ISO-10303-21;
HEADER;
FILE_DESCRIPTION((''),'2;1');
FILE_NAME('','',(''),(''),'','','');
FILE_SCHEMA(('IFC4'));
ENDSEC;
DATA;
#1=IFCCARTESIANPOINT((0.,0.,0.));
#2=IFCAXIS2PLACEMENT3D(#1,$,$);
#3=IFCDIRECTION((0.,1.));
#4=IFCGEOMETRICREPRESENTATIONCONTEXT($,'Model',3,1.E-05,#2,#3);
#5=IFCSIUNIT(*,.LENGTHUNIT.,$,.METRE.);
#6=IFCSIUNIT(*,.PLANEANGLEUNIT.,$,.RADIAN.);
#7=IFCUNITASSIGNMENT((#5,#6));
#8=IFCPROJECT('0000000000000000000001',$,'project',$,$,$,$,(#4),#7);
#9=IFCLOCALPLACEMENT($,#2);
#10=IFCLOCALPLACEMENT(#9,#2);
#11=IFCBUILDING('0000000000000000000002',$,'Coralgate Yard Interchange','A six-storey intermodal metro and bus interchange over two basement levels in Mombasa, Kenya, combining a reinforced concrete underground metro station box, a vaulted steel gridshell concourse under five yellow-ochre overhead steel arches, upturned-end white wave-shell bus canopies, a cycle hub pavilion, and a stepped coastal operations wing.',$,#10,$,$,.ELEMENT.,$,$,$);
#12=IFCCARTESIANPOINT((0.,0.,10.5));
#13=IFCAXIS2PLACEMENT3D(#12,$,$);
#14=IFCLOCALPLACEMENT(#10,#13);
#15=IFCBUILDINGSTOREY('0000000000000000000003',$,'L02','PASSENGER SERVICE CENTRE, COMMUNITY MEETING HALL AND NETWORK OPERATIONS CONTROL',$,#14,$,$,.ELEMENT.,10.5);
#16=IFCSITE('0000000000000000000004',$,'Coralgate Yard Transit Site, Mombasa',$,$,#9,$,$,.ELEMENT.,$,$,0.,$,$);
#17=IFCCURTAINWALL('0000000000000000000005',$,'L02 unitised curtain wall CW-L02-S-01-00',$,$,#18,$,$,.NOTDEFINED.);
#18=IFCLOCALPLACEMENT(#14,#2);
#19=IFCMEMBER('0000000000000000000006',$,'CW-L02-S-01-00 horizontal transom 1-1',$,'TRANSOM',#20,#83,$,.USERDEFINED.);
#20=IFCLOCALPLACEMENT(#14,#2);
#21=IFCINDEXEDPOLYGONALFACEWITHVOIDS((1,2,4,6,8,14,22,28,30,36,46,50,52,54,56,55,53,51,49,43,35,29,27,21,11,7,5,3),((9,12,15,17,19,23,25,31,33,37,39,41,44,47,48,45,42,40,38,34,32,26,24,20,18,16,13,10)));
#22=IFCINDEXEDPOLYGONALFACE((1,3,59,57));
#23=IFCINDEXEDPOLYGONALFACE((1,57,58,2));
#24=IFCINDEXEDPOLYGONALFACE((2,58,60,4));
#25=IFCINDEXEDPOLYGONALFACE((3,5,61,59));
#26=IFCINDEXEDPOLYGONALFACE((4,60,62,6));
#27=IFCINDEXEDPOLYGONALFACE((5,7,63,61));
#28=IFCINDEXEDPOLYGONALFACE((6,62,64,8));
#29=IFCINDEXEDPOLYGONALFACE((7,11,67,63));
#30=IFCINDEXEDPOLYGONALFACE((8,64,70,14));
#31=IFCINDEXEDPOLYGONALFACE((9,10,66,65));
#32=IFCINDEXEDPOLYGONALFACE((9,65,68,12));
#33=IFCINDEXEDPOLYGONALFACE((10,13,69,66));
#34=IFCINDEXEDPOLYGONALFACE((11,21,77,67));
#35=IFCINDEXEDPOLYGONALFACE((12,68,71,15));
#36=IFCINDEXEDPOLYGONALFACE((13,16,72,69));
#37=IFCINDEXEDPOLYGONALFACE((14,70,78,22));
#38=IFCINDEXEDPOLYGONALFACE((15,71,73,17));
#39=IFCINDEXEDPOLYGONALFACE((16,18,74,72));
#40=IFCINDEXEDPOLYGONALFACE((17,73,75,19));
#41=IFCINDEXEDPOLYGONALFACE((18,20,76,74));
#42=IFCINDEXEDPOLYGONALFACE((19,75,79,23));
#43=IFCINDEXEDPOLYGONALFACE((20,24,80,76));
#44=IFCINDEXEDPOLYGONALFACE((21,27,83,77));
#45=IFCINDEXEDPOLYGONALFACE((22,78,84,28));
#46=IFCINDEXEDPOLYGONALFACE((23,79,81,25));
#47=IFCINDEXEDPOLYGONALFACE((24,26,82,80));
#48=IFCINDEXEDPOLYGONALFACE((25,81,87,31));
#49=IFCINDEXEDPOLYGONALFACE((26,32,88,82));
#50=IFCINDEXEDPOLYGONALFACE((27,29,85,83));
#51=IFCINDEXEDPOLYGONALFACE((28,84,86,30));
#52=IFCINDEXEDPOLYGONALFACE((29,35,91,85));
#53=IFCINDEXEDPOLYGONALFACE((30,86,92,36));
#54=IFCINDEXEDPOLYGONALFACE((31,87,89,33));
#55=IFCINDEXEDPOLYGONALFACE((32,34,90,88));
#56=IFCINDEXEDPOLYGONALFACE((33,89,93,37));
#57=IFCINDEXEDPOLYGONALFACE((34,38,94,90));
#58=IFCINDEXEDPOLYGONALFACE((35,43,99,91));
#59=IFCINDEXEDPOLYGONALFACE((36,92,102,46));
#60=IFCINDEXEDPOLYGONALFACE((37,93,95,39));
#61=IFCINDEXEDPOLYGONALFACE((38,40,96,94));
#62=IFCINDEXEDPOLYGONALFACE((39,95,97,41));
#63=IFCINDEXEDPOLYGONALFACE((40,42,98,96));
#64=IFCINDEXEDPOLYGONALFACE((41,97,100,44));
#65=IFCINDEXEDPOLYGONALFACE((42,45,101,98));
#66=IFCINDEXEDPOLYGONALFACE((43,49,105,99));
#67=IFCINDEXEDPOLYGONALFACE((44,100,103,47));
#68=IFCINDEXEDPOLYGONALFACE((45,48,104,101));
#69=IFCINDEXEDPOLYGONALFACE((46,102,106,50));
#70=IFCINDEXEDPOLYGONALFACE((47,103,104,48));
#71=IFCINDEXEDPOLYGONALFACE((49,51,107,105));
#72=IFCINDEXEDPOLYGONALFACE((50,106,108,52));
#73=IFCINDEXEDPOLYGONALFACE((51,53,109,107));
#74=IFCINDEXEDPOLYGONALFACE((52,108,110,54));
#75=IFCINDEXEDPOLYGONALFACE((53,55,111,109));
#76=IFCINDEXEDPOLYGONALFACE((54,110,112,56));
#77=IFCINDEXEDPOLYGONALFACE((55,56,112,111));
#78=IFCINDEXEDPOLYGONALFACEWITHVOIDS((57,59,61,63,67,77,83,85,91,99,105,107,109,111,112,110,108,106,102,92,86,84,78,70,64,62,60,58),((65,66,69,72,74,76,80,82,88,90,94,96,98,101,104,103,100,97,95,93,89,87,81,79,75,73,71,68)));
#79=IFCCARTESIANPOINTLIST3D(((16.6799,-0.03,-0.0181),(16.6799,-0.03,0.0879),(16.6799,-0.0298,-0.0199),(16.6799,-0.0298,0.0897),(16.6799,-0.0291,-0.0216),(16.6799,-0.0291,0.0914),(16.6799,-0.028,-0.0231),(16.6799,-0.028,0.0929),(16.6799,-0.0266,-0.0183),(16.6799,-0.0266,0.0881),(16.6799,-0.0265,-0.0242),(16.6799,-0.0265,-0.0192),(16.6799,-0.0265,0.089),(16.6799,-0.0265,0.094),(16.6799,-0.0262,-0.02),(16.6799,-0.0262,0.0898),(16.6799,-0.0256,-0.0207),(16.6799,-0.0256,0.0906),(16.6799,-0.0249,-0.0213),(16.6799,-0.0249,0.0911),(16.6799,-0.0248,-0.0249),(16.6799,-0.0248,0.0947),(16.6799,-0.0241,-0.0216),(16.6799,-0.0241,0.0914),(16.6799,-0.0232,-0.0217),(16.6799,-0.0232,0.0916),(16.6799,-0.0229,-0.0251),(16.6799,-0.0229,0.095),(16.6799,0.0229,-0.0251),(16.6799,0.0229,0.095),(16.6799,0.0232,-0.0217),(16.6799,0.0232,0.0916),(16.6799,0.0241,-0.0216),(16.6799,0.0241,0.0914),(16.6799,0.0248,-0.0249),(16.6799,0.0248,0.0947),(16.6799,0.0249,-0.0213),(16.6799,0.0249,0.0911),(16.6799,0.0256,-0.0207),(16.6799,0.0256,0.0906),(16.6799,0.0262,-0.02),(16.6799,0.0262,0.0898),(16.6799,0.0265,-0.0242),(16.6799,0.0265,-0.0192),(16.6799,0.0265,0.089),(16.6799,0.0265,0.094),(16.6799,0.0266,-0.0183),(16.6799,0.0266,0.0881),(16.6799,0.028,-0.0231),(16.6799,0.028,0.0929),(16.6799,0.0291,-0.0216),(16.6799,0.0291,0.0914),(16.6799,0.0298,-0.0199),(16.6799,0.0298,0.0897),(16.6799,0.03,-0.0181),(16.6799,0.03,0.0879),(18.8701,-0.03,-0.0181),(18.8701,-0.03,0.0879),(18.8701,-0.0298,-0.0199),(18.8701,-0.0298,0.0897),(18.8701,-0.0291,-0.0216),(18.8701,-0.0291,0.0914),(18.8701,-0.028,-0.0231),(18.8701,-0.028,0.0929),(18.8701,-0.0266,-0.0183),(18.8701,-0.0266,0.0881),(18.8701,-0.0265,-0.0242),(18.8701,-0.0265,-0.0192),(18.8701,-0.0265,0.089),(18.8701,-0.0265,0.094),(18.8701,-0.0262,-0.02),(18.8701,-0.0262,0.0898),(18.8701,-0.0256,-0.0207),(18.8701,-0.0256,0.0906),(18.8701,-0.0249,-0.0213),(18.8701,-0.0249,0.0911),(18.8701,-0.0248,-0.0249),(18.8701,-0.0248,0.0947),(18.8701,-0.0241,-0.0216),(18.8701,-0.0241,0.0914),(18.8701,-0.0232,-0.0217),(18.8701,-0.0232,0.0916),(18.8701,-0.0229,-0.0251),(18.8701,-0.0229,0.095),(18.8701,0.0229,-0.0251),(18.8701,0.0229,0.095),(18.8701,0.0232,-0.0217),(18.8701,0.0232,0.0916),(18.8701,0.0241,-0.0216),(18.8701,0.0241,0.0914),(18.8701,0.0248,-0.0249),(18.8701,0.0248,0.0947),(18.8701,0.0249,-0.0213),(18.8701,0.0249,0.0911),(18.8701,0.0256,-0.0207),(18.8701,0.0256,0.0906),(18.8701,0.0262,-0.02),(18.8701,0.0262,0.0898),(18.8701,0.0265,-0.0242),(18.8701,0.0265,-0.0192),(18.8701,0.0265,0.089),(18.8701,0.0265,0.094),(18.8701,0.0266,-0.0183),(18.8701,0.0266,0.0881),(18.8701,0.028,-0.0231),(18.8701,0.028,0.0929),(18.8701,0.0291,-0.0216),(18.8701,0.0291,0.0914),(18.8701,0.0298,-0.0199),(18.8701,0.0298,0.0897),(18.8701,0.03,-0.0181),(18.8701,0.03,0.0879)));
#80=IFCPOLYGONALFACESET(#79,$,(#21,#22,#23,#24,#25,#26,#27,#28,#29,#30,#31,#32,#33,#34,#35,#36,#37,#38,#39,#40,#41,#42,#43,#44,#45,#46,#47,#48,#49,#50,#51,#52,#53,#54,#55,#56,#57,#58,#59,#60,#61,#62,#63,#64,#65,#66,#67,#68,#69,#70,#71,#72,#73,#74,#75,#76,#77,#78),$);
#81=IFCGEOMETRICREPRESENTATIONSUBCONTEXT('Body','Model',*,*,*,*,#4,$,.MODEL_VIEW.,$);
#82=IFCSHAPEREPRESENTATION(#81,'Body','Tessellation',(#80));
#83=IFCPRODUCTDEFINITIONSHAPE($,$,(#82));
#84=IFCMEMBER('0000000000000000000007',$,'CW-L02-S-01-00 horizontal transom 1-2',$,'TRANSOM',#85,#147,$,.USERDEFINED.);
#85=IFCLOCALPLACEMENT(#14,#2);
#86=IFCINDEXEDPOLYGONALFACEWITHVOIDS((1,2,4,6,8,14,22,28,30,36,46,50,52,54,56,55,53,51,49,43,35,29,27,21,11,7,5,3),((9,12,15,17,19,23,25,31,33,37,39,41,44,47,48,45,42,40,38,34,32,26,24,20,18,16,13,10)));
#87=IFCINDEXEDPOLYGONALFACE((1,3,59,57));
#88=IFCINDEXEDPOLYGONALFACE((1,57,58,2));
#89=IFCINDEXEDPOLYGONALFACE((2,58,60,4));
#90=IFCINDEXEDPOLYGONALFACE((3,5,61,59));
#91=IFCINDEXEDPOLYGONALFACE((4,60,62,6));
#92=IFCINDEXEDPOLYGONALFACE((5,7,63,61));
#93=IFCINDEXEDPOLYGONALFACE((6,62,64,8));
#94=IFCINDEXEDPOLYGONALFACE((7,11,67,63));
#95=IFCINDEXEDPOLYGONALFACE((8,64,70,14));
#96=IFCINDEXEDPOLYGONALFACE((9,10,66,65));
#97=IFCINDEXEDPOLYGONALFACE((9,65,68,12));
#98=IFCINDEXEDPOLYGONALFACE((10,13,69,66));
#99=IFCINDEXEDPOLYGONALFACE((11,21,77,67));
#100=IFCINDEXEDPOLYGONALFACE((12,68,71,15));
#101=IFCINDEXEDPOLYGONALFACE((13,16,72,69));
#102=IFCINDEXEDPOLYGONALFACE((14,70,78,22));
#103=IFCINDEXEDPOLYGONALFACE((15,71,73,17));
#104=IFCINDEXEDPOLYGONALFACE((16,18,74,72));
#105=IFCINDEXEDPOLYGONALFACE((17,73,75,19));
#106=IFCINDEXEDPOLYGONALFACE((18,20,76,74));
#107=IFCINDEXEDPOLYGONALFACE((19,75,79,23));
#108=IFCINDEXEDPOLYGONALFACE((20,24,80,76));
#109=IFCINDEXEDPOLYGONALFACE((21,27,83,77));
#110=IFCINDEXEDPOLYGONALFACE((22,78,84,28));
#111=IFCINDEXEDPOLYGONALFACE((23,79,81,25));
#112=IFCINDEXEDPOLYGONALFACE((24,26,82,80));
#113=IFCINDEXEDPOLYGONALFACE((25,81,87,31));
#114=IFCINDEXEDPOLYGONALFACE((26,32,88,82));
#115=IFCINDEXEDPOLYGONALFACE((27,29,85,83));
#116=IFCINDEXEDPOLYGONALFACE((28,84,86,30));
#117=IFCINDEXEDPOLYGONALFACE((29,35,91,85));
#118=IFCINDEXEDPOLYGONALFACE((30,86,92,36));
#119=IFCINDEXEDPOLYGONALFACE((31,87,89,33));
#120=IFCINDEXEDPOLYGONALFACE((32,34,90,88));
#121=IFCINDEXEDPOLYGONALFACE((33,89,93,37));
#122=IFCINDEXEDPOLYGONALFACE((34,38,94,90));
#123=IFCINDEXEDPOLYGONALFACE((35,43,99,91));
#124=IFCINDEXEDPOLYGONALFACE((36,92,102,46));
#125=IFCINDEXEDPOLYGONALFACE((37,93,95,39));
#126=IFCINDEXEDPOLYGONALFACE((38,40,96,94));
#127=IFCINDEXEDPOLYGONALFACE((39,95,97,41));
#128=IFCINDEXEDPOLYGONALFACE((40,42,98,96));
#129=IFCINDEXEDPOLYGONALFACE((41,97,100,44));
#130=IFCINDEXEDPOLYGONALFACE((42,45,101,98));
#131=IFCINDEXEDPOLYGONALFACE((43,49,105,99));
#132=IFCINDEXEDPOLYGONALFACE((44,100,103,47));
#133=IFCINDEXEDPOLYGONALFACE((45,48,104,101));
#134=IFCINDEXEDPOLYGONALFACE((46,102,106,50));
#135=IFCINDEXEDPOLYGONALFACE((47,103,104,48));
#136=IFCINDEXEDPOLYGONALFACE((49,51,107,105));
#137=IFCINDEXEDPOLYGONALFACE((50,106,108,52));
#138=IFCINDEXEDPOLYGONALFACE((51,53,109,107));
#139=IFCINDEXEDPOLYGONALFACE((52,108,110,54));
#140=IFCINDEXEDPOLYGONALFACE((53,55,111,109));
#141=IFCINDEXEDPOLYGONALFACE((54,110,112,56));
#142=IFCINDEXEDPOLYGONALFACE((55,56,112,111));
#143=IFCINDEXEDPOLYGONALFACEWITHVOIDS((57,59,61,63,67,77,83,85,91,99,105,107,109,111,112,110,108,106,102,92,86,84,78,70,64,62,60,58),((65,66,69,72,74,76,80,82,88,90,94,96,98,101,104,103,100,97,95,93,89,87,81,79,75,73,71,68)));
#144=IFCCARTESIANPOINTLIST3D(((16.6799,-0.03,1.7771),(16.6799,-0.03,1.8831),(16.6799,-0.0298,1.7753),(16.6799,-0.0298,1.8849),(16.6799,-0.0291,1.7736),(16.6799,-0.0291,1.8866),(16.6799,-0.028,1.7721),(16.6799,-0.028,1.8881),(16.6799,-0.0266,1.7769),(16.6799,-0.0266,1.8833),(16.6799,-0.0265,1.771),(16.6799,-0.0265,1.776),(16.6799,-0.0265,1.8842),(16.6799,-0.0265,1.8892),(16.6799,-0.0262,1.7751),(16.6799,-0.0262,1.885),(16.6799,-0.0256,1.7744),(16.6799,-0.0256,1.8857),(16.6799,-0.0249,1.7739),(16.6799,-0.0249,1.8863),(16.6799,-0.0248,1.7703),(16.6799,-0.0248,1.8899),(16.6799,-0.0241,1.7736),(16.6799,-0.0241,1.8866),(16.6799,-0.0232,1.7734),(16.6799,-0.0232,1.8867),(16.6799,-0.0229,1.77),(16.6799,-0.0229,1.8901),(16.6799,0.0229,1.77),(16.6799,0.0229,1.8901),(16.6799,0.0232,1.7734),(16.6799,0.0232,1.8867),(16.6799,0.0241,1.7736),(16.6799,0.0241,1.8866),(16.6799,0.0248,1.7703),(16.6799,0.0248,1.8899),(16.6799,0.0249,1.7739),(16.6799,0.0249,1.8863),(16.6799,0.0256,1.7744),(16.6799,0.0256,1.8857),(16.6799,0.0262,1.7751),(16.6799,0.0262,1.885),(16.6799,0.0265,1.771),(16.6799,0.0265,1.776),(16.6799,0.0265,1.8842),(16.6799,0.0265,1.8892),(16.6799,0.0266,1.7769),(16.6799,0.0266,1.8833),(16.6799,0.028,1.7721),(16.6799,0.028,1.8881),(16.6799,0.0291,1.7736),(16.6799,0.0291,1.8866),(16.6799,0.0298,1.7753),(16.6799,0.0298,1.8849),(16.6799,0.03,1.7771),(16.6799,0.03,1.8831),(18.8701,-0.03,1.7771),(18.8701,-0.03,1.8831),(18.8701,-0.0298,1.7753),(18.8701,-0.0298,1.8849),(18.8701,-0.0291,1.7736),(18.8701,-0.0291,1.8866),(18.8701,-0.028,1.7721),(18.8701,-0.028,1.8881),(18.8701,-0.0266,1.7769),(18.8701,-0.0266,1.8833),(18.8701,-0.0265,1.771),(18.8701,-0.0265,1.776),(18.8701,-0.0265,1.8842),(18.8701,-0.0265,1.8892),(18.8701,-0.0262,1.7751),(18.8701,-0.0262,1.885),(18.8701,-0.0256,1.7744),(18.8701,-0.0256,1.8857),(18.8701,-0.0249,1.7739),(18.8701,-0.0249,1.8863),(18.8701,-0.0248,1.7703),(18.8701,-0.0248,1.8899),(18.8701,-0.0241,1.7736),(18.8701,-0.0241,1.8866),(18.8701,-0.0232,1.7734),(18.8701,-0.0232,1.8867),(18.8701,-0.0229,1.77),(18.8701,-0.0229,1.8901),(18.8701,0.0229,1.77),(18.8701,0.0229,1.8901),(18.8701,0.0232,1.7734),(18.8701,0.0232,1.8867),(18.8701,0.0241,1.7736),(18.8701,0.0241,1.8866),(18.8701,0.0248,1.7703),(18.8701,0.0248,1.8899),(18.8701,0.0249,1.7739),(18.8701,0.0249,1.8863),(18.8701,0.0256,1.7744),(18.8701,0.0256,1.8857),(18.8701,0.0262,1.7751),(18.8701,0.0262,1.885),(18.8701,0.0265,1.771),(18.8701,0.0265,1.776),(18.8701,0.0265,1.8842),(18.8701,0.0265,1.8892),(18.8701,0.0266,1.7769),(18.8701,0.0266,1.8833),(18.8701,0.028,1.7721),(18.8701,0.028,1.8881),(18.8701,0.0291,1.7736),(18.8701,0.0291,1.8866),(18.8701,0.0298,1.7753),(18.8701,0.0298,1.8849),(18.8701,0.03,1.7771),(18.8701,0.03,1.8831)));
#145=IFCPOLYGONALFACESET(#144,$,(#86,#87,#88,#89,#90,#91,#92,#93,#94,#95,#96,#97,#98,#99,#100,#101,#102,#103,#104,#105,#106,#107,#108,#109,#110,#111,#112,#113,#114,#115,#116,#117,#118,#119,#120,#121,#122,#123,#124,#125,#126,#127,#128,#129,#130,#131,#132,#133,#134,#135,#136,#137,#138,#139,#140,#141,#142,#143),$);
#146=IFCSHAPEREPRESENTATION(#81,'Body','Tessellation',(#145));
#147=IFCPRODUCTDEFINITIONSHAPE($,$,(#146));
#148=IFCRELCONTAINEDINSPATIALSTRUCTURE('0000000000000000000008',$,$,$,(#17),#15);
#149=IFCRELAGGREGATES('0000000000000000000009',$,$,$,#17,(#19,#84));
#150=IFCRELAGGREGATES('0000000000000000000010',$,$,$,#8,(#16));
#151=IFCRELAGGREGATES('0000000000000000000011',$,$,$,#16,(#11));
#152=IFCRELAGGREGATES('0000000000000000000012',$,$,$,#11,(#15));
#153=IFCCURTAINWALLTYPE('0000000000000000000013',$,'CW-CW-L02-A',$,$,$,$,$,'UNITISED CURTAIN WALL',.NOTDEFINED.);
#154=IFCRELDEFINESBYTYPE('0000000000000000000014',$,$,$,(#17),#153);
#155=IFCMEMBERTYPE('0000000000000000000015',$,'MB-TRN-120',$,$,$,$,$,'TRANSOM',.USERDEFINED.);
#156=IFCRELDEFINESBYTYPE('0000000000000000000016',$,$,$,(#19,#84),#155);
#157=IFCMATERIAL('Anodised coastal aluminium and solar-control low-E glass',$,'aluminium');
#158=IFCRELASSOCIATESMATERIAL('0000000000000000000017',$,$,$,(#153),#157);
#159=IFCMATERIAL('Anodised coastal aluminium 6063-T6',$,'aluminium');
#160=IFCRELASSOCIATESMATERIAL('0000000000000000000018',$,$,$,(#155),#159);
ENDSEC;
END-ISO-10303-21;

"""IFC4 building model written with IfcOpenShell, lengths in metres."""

from ifc_helpers import new_model, si_unit, direction, frame, origin, origin_2d, place, context, subcontext, project, spatial, hollow_rectangle, extrude, material, material_profile, profile_set, type_object, element, aggregate, save


model = new_model("IFC4")

# Units and contexts
model_context = context("Model", 3, precision=1e-05, world=origin(), true_north=direction((0.0, 1.0)))
body_context = subcontext(model_context, "Body", "Model", "MODEL_VIEW")
ifc_project = project(units=[si_unit("LENGTHUNIT", "METRE"), si_unit("PLANEANGLEUNIT", "RADIAN")], contexts=[model_context])

# Site, building, storey
site_placement = place(None, origin())
site = spatial("IfcSite", under=ifc_project, at=site_placement, Name="Coralgate Yard Transit Site, Mombasa", CompositionType="ELEMENT", RefElevation=0.0)
building_placement = place(site_placement, origin())
building = spatial("IfcBuilding", under=site, at=building_placement, Name="Coralgate Yard Interchange", Description="A six-storey intermodal metro and bus interchange over two basement levels in Mombasa, Kenya, combining a reinforced concrete underground metro station box, a vaulted steel gridshell concourse under five yellow-ochre overhead steel arches, upturned-end white wave-shell bus canopies, a cycle hub pavilion, and a stepped coastal operations wing.", CompositionType="ELEMENT")
storey_placement = place(building_placement, frame((0.0, 0.0, 10.5)))
storey = spatial("IfcBuildingStorey", under=building, at=storey_placement, Name="L02", Description="PASSENGER SERVICE CENTRE, COMMUNITY MEETING HALL AND NETWORK OPERATIONS CONTROL", CompositionType="ELEMENT", Elevation=10.5)

# Curtain wall, members
ifc_material_1 = material(Name="Anodised coastal aluminium and solar-control low-E glass", Category="aluminium")
curtain_wall_type = type_object("IfcCurtainWallType", Name="CW-CW-L02-A", ElementType="UNITISED CURTAIN WALL", PredefinedType="NOTDEFINED", material=ifc_material_1)
curtain_wall_placement = place(storey_placement, origin())
curtain_wall = element("IfcCurtainWall", 1, at=curtain_wall_placement, inside=storey, type_object=curtain_wall_type, Name="L02 unitised curtain wall CW-L02-S-01-00", PredefinedType="NOTDEFINED")
ifc_material_2 = material(Name="Anodised coastal aluminium 6063-T6", Category="aluminium")
ifc_material_profile_1 = material_profile(ifc_material_2, hollow_rectangle(XDim=0.0601, YDim=0.1201, WallThickness=0.0034, InnerFilletRadius=0.0034, OuterFilletRadius=0.0071, at=origin_2d()), Name="ALU 60x120x3.5")
ifc_profile_set_1 = profile_set([ifc_material_profile_1], Name="Anodised coastal aluminium 6063-T6")
member_type_1 = type_object("IfcMemberType", Name="MB-TRN-120", ElementType="TRANSOM", PredefinedType="USERDEFINED", material=ifc_profile_set_1)
member_1_placement = place(storey_placement, frame((18.8701, 0.0, 0.0349), z_axis=(-1.0, 0.0, 0.0), x_axis=(0.0, -1.0, 0.0)))
member_1 = element("IfcMember", 2, at=member_1_placement, type_object=member_type_1, Name="CW-L02-S-01-00 horizontal transom 1-1", ObjectType="TRANSOM", PredefinedType="USERDEFINED", context=body_context, shape_type="SweptSolid", body=[
    extrude(hollow_rectangle(XDim=0.0601, YDim=0.1201, WallThickness=0.0034, InnerFilletRadius=0.0034, OuterFilletRadius=0.0071, at=origin_2d()), origin(), (0.0, 0.0, 1.0), 2.1902),
])
member_2_placement = place(storey_placement, frame((18.8701, 0.0, 1.8301), z_axis=(-1.0, 0.0, 0.0), x_axis=(0.0, -1.0, 0.0)))
member_2 = element("IfcMember", 3, at=member_2_placement, type_object=member_type_1, Name="CW-L02-S-01-00 horizontal transom 1-2", ObjectType="TRANSOM", PredefinedType="USERDEFINED", context=body_context, shape_type="SweptSolid", body=[
    extrude(hollow_rectangle(XDim=0.0601, YDim=0.1201, WallThickness=0.0034, InnerFilletRadius=0.0034, OuterFilletRadius=0.0071, at=origin_2d()), origin(), (0.0, 0.0, 1.0), 2.1902),
])
aggregate(curtain_wall, [member_1, member_2])

save(model, "model.ifc")
